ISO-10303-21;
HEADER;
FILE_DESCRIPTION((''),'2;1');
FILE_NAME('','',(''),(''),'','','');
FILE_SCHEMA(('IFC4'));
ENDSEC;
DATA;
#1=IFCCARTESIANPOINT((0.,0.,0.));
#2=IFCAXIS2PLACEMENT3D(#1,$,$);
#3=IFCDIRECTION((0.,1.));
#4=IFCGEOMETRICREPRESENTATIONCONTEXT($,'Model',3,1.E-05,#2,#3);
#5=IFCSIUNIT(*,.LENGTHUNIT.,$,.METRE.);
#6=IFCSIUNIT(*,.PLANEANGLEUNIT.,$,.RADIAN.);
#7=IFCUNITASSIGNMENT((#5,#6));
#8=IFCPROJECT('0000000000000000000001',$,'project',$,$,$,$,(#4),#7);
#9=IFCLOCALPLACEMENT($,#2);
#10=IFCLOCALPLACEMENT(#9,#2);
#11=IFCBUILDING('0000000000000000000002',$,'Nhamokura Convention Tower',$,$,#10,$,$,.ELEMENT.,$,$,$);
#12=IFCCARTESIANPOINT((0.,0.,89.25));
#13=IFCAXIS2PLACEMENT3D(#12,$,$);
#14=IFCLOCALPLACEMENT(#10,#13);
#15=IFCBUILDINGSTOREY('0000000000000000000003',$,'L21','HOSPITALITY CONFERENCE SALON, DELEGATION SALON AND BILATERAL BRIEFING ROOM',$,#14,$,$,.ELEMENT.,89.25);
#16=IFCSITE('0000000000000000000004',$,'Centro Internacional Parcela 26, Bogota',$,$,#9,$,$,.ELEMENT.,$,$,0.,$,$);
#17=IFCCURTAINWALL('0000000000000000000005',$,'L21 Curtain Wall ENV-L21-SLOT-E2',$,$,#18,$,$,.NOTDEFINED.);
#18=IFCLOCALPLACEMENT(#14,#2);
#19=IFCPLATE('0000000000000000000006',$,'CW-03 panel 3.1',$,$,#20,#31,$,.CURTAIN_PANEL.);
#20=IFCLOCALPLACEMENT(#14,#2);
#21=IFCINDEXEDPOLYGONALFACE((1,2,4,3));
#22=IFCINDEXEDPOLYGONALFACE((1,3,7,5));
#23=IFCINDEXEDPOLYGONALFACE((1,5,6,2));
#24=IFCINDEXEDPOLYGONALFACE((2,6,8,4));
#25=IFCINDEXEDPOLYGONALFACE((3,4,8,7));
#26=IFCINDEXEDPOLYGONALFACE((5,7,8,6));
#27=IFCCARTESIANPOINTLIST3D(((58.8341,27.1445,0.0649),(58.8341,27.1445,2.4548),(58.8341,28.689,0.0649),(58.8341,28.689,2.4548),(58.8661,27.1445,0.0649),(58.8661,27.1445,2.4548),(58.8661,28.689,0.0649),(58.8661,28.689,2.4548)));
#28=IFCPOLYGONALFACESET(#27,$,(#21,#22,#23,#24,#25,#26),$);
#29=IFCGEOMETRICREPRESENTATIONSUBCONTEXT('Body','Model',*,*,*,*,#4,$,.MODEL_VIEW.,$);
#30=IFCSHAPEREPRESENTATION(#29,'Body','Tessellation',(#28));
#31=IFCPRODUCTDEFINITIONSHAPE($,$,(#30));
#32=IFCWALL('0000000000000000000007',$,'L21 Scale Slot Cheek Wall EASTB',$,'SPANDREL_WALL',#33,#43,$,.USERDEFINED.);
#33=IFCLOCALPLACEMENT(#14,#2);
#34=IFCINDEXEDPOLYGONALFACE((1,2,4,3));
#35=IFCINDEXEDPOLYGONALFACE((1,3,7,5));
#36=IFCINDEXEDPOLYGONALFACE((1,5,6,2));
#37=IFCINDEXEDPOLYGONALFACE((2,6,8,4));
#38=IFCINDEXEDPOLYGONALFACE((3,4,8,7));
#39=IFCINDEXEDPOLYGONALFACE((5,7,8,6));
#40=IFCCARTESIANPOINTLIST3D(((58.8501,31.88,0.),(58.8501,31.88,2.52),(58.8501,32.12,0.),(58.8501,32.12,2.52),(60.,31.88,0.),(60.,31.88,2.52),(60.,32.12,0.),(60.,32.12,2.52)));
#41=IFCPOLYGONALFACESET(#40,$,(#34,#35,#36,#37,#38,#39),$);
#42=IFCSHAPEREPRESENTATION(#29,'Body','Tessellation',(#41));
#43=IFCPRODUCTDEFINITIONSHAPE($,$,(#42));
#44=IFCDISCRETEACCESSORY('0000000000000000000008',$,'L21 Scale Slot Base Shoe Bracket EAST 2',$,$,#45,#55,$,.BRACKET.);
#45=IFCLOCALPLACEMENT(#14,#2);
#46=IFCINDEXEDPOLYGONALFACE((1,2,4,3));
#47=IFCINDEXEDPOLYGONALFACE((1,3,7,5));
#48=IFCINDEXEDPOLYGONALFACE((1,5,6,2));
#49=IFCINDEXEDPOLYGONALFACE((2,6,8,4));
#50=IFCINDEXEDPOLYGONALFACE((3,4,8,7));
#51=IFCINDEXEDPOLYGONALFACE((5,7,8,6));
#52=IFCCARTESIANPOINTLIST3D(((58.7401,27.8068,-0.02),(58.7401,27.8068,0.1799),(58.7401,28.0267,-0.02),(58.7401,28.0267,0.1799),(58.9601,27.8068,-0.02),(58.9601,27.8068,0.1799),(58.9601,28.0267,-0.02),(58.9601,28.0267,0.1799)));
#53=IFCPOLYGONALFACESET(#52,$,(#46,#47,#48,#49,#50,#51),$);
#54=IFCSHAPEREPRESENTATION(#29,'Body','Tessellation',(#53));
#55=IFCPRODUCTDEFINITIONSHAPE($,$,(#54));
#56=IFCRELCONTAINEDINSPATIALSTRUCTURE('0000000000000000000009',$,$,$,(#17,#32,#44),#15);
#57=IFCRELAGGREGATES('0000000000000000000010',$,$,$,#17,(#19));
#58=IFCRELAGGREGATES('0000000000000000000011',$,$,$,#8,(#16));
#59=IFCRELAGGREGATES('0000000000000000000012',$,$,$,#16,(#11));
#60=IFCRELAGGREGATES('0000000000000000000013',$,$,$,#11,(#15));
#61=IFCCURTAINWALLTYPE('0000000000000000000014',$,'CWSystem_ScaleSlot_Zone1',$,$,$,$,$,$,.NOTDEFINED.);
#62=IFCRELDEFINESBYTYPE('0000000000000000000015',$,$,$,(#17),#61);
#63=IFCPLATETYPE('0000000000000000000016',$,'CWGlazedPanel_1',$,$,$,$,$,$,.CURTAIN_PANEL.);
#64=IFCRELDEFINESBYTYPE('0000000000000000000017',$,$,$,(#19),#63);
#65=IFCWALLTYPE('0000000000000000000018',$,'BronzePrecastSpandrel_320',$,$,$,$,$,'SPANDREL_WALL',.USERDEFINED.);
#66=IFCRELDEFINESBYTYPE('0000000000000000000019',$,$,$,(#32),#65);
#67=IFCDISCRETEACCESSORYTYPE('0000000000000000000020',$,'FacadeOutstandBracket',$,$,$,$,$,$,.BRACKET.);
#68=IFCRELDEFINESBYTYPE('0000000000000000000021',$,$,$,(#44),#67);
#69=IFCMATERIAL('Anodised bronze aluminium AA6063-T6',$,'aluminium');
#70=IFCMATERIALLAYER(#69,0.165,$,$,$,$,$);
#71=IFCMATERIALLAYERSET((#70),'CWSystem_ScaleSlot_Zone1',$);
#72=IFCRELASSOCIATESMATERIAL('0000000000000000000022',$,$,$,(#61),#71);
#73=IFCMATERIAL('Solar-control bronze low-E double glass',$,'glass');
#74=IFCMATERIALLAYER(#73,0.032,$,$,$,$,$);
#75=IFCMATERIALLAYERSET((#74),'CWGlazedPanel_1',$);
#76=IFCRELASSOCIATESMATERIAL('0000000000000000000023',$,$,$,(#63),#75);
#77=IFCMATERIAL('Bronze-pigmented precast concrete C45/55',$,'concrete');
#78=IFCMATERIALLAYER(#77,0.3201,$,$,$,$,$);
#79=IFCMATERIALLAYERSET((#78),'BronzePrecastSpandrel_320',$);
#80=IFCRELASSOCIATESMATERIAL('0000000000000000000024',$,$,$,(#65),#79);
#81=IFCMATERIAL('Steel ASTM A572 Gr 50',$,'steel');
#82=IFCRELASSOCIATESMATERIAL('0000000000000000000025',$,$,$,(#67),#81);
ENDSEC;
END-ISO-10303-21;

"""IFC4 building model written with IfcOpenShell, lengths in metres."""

from ifc_helpers import new_model, si_unit, direction, frame, frame_2d, origin, origin_2d, place, context, subcontext, project, spatial, rectangle, extrude, material, layer, layer_set, type_object, element, aggregate, save


model = new_model("IFC4")

# Units and contexts
model_context = context("Model", 3, precision=1e-05, world=origin(), true_north=direction((0.0, 1.0)))
body_context = subcontext(model_context, "Body", "Model", "MODEL_VIEW")
ifc_project = project(units=[si_unit("LENGTHUNIT", "METRE"), si_unit("PLANEANGLEUNIT", "RADIAN")], contexts=[model_context])

# Site, building, storey
site_placement = place(None, origin())
site = spatial("IfcSite", under=ifc_project, at=site_placement, Name="Centro Internacional Parcela 26, Bogota", CompositionType="ELEMENT", RefElevation=0.0)
building_placement = place(site_placement, origin())
building = spatial("IfcBuilding", under=site, at=building_placement, Name="Nhamokura Convention Tower", CompositionType="ELEMENT")
storey_placement = place(building_placement, frame((0.0, 0.0, 89.25)))
storey = spatial("IfcBuildingStorey", under=building, at=storey_placement, Name="L21", Description="HOSPITALITY CONFERENCE SALON, DELEGATION SALON AND BILATERAL BRIEFING ROOM", CompositionType="ELEMENT", Elevation=89.25)

# Curtain wall
ifc_material_1 = material(Name="Anodised bronze aluminium AA6063-T6", Category="aluminium")
ifc_layer_1 = layer(ifc_material_1, 0.165)
ifc_layer_set_1 = layer_set([ifc_layer_1], Name="CWSystem_ScaleSlot_Zone1")
curtain_wall_type = type_object("IfcCurtainWallType", Name="CWSystem_ScaleSlot_Zone1", PredefinedType="NOTDEFINED", material=ifc_layer_set_1)
curtain_wall_placement = place(storey_placement, origin())
curtain_wall = element("IfcCurtainWall", 1, at=curtain_wall_placement, inside=storey, type_object=curtain_wall_type, Name="L21 Curtain Wall ENV-L21-SLOT-E2", PredefinedType="NOTDEFINED")

# Plate
ifc_material_2 = material(Name="Solar-control bronze low-E double glass", Category="glass")
ifc_layer_2 = layer(ifc_material_2, 0.032)
ifc_layer_set_2 = layer_set([ifc_layer_2], Name="CWGlazedPanel_1")
plate_type = type_object("IfcPlateType", Name="CWGlazedPanel_1", PredefinedType="CURTAIN_PANEL", material=ifc_layer_set_2)
plate_1_placement = place(storey_placement, frame((58.8501, 27.9167, 0.0649), z_axis=(0.0, 0.0, 1.0), x_axis=(0.0, -1.0, 0.0)))
plate_1 = element("IfcPlate", 2, at=plate_1_placement, type_object=plate_type, Name="CW-03 panel 3.1", PredefinedType="CURTAIN_PANEL", context=body_context, shape_type="SweptSolid", body=[
    extrude(rectangle(XDim=1.5444, YDim=0.032, at=origin_2d()), origin(), (0.0, 0.0, 1.0), 2.3899),
])
aggregate(curtain_wall, [plate_1])

# Wall
ifc_material_3 = material(Name="Bronze-pigmented precast concrete C45/55", Category="concrete")
ifc_layer_3 = layer(ifc_material_3, 0.3201)
ifc_layer_set_3 = layer_set([ifc_layer_3], Name="BronzePrecastSpandrel_320")
wall_type = type_object("IfcWallType", Name="BronzePrecastSpandrel_320", ElementType="SPANDREL_WALL", PredefinedType="USERDEFINED", material=ifc_layer_set_3)
wall_placement = place(storey_placement, frame((60.0, 32.0, 0.0), z_axis=(0.0, 0.0, 1.0), x_axis=(-1.0, 0.0, 0.0)))
element("IfcWall", 3, at=wall_placement, inside=storey, type_object=wall_type, Name="L21 Scale Slot Cheek Wall EASTB", ObjectType="SPANDREL_WALL", PredefinedType="USERDEFINED", context=body_context, shape_type="SweptSolid", body=[
    extrude(rectangle(XDim=1.1499, YDim=0.24, at=frame_2d((0.575, 0.0))), origin(), (0.0, 0.0, 1.0), 2.52),
])

# Discrete accessory
ifc_material_4 = material(Name="Steel ASTM A572 Gr 50", Category="steel")
discrete_accessory_type = type_object("IfcDiscreteAccessoryType", Name="FacadeOutstandBracket", PredefinedType="BRACKET", material=ifc_material_4)
discrete_accessory_placement = place(storey_placement, frame((58.8501, 27.9167, -0.02), z_axis=(0.0, 0.0, 1.0), x_axis=(1.0, 0.0, 0.0)))
element("IfcDiscreteAccessory", 4, at=discrete_accessory_placement, inside=storey, type_object=discrete_accessory_type, Name="L21 Scale Slot Base Shoe Bracket EAST 2", PredefinedType="BRACKET", context=body_context, shape_type="SweptSolid", body=[
    extrude(rectangle(XDim=0.22, YDim=0.22, at=origin_2d()), origin(), (0.0, 0.0, 1.0), 0.2),
])

save(model, "model.ifc")
